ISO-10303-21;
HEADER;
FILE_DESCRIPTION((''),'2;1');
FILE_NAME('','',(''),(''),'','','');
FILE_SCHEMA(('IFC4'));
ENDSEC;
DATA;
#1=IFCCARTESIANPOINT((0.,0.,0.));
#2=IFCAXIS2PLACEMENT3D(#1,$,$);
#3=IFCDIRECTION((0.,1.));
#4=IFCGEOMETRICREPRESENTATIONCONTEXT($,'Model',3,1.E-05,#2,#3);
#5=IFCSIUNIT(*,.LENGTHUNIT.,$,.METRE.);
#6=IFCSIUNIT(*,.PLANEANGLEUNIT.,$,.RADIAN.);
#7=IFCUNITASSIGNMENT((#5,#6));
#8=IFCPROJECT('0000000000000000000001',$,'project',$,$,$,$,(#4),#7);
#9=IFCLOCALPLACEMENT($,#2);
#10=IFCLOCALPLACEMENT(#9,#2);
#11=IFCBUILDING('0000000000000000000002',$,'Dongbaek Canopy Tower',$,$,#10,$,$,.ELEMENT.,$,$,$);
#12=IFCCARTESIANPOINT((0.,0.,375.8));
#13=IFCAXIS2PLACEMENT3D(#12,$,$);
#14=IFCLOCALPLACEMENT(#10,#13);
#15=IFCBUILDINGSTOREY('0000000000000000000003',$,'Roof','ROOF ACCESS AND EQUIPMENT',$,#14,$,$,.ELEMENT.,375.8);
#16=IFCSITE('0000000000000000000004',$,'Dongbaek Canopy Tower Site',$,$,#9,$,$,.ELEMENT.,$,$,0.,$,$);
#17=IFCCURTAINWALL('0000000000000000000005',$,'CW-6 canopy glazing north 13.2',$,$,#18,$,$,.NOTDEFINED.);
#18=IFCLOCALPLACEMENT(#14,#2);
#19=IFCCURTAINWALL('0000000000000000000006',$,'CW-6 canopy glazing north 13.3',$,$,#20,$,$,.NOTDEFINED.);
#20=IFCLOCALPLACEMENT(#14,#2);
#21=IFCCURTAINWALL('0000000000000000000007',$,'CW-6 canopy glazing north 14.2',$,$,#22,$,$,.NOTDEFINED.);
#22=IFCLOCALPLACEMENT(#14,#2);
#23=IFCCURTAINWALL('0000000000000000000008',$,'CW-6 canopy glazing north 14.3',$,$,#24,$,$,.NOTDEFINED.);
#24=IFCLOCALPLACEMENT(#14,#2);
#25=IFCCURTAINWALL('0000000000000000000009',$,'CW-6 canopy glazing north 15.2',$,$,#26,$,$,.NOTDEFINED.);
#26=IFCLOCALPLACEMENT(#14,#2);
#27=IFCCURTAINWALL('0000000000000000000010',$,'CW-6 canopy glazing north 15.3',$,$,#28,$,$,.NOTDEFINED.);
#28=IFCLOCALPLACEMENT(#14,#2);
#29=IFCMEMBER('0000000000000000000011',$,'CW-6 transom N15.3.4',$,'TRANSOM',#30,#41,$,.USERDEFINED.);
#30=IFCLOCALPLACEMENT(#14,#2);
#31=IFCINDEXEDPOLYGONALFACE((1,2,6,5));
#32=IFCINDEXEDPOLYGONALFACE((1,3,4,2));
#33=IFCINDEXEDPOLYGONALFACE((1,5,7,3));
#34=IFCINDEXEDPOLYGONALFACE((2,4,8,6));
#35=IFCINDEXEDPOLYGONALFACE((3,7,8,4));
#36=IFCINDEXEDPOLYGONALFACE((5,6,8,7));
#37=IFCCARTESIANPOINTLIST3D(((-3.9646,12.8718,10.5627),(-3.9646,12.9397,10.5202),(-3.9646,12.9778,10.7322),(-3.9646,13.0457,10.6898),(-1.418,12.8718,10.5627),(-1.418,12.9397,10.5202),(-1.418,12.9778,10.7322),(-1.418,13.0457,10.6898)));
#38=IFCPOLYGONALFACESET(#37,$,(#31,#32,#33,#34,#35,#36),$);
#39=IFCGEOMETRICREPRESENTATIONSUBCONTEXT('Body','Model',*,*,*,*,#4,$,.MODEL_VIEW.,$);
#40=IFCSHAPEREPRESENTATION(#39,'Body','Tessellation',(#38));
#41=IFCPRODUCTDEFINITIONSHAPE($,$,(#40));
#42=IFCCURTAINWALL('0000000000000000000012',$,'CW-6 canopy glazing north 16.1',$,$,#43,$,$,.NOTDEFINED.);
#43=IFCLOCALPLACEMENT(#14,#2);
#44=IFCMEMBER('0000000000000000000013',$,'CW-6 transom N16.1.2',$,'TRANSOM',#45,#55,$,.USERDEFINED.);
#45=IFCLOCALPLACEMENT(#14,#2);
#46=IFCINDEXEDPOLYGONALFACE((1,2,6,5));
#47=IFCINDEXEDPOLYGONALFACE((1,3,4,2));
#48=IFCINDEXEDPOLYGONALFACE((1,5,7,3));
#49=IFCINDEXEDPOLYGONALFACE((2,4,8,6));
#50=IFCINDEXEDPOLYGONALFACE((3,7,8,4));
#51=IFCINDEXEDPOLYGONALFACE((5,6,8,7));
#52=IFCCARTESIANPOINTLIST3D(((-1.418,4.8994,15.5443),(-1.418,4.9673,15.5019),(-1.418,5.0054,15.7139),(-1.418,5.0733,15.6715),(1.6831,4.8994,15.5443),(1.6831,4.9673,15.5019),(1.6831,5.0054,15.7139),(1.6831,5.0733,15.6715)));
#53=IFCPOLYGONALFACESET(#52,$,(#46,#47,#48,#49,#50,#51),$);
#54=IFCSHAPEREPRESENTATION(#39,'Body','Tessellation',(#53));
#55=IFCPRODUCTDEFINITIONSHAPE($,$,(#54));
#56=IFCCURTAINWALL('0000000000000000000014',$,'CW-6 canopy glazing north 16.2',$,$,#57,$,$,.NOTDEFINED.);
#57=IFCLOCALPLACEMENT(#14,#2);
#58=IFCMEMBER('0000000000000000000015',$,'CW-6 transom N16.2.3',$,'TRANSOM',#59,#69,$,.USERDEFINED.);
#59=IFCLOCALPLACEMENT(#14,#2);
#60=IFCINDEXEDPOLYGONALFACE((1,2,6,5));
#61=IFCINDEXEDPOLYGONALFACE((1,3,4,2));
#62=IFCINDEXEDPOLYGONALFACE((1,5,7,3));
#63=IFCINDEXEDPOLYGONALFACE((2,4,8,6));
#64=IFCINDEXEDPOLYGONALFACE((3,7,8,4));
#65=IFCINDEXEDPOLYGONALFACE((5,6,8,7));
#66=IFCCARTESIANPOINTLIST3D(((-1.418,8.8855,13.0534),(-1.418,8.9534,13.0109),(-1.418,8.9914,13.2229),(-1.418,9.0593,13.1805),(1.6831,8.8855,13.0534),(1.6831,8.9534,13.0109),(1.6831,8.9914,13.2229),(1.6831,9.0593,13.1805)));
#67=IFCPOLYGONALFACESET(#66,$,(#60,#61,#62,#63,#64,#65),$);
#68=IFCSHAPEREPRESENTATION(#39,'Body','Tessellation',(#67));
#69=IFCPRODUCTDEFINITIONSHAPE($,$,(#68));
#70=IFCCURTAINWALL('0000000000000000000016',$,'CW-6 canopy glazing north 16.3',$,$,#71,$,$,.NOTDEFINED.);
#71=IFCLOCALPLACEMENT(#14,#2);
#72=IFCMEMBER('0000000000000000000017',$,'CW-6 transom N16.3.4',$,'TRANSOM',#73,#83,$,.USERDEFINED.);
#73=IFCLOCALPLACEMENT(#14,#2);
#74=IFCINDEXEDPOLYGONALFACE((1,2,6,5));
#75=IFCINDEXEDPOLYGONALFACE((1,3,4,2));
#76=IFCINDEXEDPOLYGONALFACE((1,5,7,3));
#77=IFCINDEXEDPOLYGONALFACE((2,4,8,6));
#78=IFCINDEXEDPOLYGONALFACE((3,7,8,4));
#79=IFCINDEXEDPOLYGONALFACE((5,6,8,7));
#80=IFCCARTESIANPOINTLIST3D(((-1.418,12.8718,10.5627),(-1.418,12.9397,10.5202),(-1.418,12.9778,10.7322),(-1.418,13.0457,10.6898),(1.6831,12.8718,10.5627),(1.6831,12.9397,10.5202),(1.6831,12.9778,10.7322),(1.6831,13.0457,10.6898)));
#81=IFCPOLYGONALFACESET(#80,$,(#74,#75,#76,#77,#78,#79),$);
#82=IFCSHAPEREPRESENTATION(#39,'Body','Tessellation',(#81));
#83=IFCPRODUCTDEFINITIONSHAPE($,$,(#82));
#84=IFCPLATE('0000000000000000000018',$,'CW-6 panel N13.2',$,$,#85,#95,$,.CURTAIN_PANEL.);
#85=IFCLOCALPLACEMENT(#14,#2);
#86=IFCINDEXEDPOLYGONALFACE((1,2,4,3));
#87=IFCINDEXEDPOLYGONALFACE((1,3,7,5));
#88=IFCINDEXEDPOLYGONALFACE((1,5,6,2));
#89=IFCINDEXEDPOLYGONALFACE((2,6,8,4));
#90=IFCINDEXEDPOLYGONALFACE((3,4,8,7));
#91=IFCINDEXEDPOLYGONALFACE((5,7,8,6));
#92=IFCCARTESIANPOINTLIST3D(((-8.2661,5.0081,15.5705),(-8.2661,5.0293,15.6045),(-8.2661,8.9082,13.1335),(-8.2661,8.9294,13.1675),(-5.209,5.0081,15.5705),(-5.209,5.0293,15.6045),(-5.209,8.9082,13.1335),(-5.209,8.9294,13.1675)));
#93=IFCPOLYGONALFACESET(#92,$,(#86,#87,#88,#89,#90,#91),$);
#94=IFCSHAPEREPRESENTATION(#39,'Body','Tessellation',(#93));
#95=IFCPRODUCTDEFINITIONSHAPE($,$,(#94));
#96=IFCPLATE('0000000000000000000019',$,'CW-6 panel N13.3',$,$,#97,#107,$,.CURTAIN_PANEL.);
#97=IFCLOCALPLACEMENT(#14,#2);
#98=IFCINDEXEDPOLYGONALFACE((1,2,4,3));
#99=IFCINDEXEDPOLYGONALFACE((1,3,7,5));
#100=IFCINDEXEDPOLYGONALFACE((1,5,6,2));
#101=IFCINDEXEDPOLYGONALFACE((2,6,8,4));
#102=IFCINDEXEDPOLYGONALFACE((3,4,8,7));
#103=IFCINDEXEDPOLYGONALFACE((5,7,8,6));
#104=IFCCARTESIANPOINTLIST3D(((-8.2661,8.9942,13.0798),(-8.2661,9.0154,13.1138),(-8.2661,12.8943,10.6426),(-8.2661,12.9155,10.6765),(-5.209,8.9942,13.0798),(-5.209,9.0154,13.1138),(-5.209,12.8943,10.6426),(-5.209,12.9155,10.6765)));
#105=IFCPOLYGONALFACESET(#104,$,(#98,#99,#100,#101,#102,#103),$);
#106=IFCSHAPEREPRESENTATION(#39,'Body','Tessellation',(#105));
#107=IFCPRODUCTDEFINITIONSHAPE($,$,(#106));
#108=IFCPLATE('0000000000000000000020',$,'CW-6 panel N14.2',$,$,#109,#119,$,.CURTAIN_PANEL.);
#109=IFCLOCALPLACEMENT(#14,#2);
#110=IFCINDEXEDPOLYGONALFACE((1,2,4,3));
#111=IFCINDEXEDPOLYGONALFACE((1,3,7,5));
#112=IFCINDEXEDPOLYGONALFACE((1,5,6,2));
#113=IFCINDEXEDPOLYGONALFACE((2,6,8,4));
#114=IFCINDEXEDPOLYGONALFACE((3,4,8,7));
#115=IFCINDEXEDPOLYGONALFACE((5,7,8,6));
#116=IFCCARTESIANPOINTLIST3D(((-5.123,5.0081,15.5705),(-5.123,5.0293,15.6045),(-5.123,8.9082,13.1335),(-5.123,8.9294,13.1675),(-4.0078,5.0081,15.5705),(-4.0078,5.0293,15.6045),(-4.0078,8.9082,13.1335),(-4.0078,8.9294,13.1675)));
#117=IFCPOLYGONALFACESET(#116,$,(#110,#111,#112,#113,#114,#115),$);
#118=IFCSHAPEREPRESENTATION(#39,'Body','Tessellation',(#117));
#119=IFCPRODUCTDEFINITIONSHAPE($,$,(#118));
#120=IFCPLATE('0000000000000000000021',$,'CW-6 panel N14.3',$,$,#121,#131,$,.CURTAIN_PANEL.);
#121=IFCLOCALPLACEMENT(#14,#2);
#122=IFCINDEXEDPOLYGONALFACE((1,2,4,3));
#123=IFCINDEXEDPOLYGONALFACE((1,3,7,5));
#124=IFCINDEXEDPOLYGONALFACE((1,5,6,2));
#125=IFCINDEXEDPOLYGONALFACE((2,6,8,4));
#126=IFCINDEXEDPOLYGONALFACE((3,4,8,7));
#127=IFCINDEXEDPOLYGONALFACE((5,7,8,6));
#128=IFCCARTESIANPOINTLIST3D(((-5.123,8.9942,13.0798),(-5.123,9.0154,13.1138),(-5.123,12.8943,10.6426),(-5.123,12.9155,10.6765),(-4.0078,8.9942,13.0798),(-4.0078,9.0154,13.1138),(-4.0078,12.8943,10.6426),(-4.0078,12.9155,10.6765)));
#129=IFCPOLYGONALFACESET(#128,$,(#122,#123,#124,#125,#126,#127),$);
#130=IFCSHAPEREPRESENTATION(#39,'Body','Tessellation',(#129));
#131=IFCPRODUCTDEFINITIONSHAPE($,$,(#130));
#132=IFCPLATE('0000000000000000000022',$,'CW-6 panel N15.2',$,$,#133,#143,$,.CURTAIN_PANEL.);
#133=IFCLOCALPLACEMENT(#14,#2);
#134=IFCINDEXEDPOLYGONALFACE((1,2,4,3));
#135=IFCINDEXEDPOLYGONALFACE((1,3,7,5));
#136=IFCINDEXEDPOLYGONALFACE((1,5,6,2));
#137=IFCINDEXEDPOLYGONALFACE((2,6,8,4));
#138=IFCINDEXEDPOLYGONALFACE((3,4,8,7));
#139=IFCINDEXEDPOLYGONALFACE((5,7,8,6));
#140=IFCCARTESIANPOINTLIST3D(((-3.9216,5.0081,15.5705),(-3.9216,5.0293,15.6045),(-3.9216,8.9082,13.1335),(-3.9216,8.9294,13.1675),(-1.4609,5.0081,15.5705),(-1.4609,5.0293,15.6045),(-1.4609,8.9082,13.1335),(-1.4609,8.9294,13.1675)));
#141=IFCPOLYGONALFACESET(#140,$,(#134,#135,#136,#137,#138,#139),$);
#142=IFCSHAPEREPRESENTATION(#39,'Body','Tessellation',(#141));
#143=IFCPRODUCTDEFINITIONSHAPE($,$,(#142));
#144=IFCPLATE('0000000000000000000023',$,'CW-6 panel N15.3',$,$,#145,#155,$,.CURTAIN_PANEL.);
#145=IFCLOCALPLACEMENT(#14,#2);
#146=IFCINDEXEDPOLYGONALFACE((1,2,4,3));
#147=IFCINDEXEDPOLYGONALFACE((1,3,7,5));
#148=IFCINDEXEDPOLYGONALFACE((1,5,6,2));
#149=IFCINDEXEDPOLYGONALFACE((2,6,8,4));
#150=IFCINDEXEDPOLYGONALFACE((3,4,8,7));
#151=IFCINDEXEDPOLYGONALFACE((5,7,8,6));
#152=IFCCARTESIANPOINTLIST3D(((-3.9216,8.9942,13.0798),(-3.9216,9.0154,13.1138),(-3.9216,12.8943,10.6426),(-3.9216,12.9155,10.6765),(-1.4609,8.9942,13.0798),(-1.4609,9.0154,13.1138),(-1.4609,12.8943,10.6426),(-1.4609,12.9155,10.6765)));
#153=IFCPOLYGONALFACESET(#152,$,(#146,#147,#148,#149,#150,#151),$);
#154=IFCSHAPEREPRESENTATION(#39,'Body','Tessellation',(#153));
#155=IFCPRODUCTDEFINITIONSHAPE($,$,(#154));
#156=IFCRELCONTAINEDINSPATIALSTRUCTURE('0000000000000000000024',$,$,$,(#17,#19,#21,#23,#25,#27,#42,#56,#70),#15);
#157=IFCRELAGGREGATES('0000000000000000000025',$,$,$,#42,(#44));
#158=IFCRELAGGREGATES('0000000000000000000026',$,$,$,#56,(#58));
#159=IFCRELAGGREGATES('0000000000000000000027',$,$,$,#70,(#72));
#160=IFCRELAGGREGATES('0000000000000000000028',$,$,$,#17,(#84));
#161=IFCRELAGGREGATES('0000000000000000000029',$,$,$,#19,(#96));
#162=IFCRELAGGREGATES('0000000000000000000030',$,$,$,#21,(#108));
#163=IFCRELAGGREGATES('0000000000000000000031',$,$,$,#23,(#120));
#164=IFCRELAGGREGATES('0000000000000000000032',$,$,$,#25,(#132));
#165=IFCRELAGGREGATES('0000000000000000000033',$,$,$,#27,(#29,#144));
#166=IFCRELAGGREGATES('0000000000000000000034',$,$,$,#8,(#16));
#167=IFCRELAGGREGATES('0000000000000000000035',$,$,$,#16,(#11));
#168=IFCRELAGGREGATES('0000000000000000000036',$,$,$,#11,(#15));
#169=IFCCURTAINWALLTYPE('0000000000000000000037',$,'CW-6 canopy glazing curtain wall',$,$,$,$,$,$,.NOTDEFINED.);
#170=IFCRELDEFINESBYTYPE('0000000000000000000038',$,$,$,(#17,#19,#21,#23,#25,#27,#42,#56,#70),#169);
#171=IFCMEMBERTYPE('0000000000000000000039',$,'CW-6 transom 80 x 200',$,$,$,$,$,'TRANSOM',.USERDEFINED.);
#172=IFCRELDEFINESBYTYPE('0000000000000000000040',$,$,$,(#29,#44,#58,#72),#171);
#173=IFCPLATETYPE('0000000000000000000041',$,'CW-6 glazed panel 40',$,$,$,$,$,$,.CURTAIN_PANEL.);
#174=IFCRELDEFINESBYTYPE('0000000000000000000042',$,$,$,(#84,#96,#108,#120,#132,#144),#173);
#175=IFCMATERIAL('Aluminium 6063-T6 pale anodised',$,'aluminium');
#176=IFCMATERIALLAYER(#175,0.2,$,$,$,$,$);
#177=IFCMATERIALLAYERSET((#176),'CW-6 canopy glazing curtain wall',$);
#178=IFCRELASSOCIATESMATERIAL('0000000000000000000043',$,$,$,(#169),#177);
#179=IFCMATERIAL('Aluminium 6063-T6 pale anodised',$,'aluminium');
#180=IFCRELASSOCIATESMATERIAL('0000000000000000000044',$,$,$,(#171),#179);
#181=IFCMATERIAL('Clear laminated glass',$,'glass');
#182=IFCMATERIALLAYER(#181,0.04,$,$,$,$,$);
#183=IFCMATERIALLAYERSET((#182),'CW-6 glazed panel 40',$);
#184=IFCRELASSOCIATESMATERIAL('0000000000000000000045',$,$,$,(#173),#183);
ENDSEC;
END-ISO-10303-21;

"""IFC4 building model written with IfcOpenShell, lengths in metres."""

from ifc_helpers import new_model, si_unit, direction, frame, origin, origin_2d, place, context, subcontext, project, spatial, polyline, rectangle, outline, extrude, material, layer, layer_set, material_profile, profile_set, type_object, element, aggregate, save


model = new_model("IFC4")

# Units and contexts
model_context = context("Model", 3, precision=1e-05, world=origin(), true_north=direction((0.0, 1.0)))
body_context = subcontext(model_context, "Body", "Model", "MODEL_VIEW")
ifc_project = project(units=[si_unit("LENGTHUNIT", "METRE"), si_unit("PLANEANGLEUNIT", "RADIAN")], contexts=[model_context])

# Site, building, storey
site_placement = place(None, origin())
site = spatial("IfcSite", under=ifc_project, at=site_placement, Name="Dongbaek Canopy Tower Site", CompositionType="ELEMENT", RefElevation=0.0)
building_placement = place(site_placement, origin())
building = spatial("IfcBuilding", under=site, at=building_placement, Name="Dongbaek Canopy Tower", CompositionType="ELEMENT")
storey_placement = place(building_placement, frame((0.0, 0.0, 375.8)))
storey = spatial("IfcBuildingStorey", under=building, at=storey_placement, Name="Roof", Description="ROOF ACCESS AND EQUIPMENT", CompositionType="ELEMENT", Elevation=375.8)

# Curtain walls
ifc_material_1 = material(Name="Aluminium 6063-T6 pale anodised", Category="aluminium")
ifc_layer_1 = layer(ifc_material_1, 0.2)
ifc_layer_set_1 = layer_set([ifc_layer_1], Name="CW-6 canopy glazing curtain wall")
curtain_wall_type = type_object("IfcCurtainWallType", Name="CW-6 canopy glazing curtain wall", PredefinedType="NOTDEFINED", material=ifc_layer_set_1)
curtain_wall_1_placement = place(storey_placement, origin())
curtain_wall_1 = element("IfcCurtainWall", 1, at=curtain_wall_1_placement, inside=storey, type_object=curtain_wall_type, Name="CW-6 canopy glazing north 13.2", PredefinedType="NOTDEFINED")
curtain_wall_2_placement = place(storey_placement, origin())
curtain_wall_2 = element("IfcCurtainWall", 2, at=curtain_wall_2_placement, inside=storey, type_object=curtain_wall_type, Name="CW-6 canopy glazing north 13.3", PredefinedType="NOTDEFINED")
curtain_wall_3_placement = place(storey_placement, origin())
curtain_wall_3 = element("IfcCurtainWall", 3, at=curtain_wall_3_placement, inside=storey, type_object=curtain_wall_type, Name="CW-6 canopy glazing north 14.2", PredefinedType="NOTDEFINED")
curtain_wall_4_placement = place(storey_placement, origin())
curtain_wall_4 = element("IfcCurtainWall", 4, at=curtain_wall_4_placement, inside=storey, type_object=curtain_wall_type, Name="CW-6 canopy glazing north 14.3", PredefinedType="NOTDEFINED")
curtain_wall_5_placement = place(storey_placement, origin())
curtain_wall_5 = element("IfcCurtainWall", 5, at=curtain_wall_5_placement, inside=storey, type_object=curtain_wall_type, Name="CW-6 canopy glazing north 15.2", PredefinedType="NOTDEFINED")
curtain_wall_6_placement = place(storey_placement, origin())
curtain_wall_6 = element("IfcCurtainWall", 6, at=curtain_wall_6_placement, inside=storey, type_object=curtain_wall_type, Name="CW-6 canopy glazing north 15.3", PredefinedType="NOTDEFINED")
ifc_material_2 = material(Name="Aluminium 6063-T6 pale anodised", Category="aluminium")
ifc_material_profile_1 = material_profile(ifc_material_2, rectangle(XDim=0.0801, YDim=0.2, at=origin_2d()), Name="CW-6 transom 80 x 200")
ifc_profile_set_1 = profile_set([ifc_material_profile_1], Name="Aluminium 6063-T6 pale anodised")
member_type_1 = type_object("IfcMemberType", Name="CW-6 transom 80 x 200", ElementType="TRANSOM", PredefinedType="USERDEFINED", material=ifc_profile_set_1)

# Member
member_1_placement = place(storey_placement, frame((-3.9646, 12.9587, 10.6262), z_axis=(1.0, 0.0, 0.0), x_axis=(0.0, 0.848048, -0.529919)))
member_1 = element("IfcMember", 7, at=member_1_placement, type_object=member_type_1, Name="CW-6 transom N15.3.4", ObjectType="TRANSOM", PredefinedType="USERDEFINED", context=body_context, shape_type="SweptSolid", body=[
    extrude(rectangle(XDim=0.0801, YDim=0.2, at=origin_2d()), origin(), (0.0, 0.0, 1.0), 2.5466),
])

# Curtain walls, members
curtain_wall_7_placement = place(storey_placement, origin())
curtain_wall_7 = element("IfcCurtainWall", 8, at=curtain_wall_7_placement, inside=storey, type_object=curtain_wall_type, Name="CW-6 canopy glazing north 16.1", PredefinedType="NOTDEFINED")
member_2_placement = place(storey_placement, frame((-1.418, 4.9863, 15.6079), z_axis=(1.0, 0.0, 0.0), x_axis=(0.0, 0.848048, -0.529919)))
member_2 = element("IfcMember", 9, at=member_2_placement, type_object=member_type_1, Name="CW-6 transom N16.1.2", ObjectType="TRANSOM", PredefinedType="USERDEFINED", context=body_context, shape_type="SweptSolid", body=[
    extrude(rectangle(XDim=0.0801, YDim=0.2, at=origin_2d()), origin(), (0.0, 0.0, 1.0), 3.1011),
])
aggregate(curtain_wall_7, [member_2])
curtain_wall_8_placement = place(storey_placement, origin())
curtain_wall_8 = element("IfcCurtainWall", 10, at=curtain_wall_8_placement, inside=storey, type_object=curtain_wall_type, Name="CW-6 canopy glazing north 16.2", PredefinedType="NOTDEFINED")
member_3_placement = place(storey_placement, frame((-1.418, 8.9724, 13.1169), z_axis=(1.0, 0.0, 0.0), x_axis=(0.0, 0.848048, -0.529919)))
member_3 = element("IfcMember", 11, at=member_3_placement, type_object=member_type_1, Name="CW-6 transom N16.2.3", ObjectType="TRANSOM", PredefinedType="USERDEFINED", context=body_context, shape_type="SweptSolid", body=[
    extrude(rectangle(XDim=0.0801, YDim=0.2, at=origin_2d()), origin(), (0.0, 0.0, 1.0), 3.1011),
])
aggregate(curtain_wall_8, [member_3])
curtain_wall_9_placement = place(storey_placement, origin())
curtain_wall_9 = element("IfcCurtainWall", 12, at=curtain_wall_9_placement, inside=storey, type_object=curtain_wall_type, Name="CW-6 canopy glazing north 16.3", PredefinedType="NOTDEFINED")
member_4_placement = place(storey_placement, frame((-1.418, 12.9587, 10.6262), z_axis=(1.0, 0.0, 0.0), x_axis=(0.0, 0.848048, -0.529919)))
member_4 = element("IfcMember", 13, at=member_4_placement, type_object=member_type_1, Name="CW-6 transom N16.3.4", ObjectType="TRANSOM", PredefinedType="USERDEFINED", context=body_context, shape_type="SweptSolid", body=[
    extrude(rectangle(XDim=0.0801, YDim=0.2, at=origin_2d()), origin(), (0.0, 0.0, 1.0), 3.1011),
])
aggregate(curtain_wall_9, [member_4])

# Plates
ifc_material_3 = material(Name="Clear laminated glass", Category="glass")
ifc_layer_2 = layer(ifc_material_3, 0.04)
ifc_layer_set_2 = layer_set([ifc_layer_2], Name="CW-6 glazed panel 40")
plate_type = type_object("IfcPlateType", Name="CW-6 glazed panel 40", PredefinedType="CURTAIN_PANEL", material=ifc_layer_set_2)
plate_1_placement = place(storey_placement, frame((-5.209, 5.0293, 15.6045), z_axis=(0.0, 0.529908, 0.848055), x_axis=(-1.0, 0.0, 0.0)))
plate_1 = element("IfcPlate", 14, at=plate_1_placement, type_object=plate_type, Name="CW-6 panel N13.2", PredefinedType="CURTAIN_PANEL", context=body_context, shape_type="SweptSolid", body=[
    extrude(outline(polyline([(0.0, 0.0), (3.0571, 0.0), (3.0571, -4.5989), (0.0, -4.5989), (0.0, 0.0)])), origin(), (0.0, 0.0, -1.0), 0.04),
])
aggregate(curtain_wall_1, [plate_1])
plate_2_placement = place(storey_placement, frame((-5.209, 9.0154, 13.1138), z_axis=(0.0, 0.529946, 0.848031), x_axis=(-1.0, 0.0, 0.0)))
plate_2 = element("IfcPlate", 15, at=plate_2_placement, type_object=plate_type, Name="CW-6 panel N13.3", PredefinedType="CURTAIN_PANEL", context=body_context, shape_type="SweptSolid", body=[
    extrude(outline(polyline([(0.0, 0.0), (3.0571, 0.0), (3.0571, -4.5991), (0.0, -4.5991), (0.0, 0.0)])), origin(), (0.0, 0.0, -1.0), 0.04),
])
aggregate(curtain_wall_2, [plate_2])
plate_3_placement = place(storey_placement, frame((-4.0078, 5.0293, 15.6045), z_axis=(0.0, 0.529908, 0.848055), x_axis=(-1.0, 0.0, 0.0)))
plate_3 = element("IfcPlate", 16, at=plate_3_placement, type_object=plate_type, Name="CW-6 panel N14.2", PredefinedType="CURTAIN_PANEL", context=body_context, shape_type="SweptSolid", body=[
    extrude(outline(polyline([(0.0, 0.0), (1.1152, 0.0), (1.1152, -4.5989), (0.0, -4.5989), (0.0, 0.0)])), origin(), (0.0, 0.0, -1.0), 0.04),
])
aggregate(curtain_wall_3, [plate_3])
plate_4_placement = place(storey_placement, frame((-4.0078, 9.0154, 13.1138), z_axis=(0.0, 0.529946, 0.848031), x_axis=(-1.0, 0.0, 0.0)))
plate_4 = element("IfcPlate", 17, at=plate_4_placement, type_object=plate_type, Name="CW-6 panel N14.3", PredefinedType="CURTAIN_PANEL", context=body_context, shape_type="SweptSolid", body=[
    extrude(outline(polyline([(0.0, 0.0), (1.1152, 0.0), (1.1152, -4.5991), (0.0, -4.5991), (0.0, 0.0)])), origin(), (0.0, 0.0, -1.0), 0.04),
])
aggregate(curtain_wall_4, [plate_4])
plate_5_placement = place(storey_placement, frame((-1.4609, 5.0293, 15.6045), z_axis=(0.0, 0.529908, 0.848055), x_axis=(-1.0, 0.0, 0.0)))
plate_5 = element("IfcPlate", 18, at=plate_5_placement, type_object=plate_type, Name="CW-6 panel N15.2", PredefinedType="CURTAIN_PANEL", context=body_context, shape_type="SweptSolid", body=[
    extrude(outline(polyline([(0.0, 0.0), (2.4607, 0.0), (2.4607, -4.5989), (0.0, -4.5989), (0.0, 0.0)])), origin(), (0.0, 0.0, -1.0), 0.04),
])
aggregate(curtain_wall_5, [plate_5])
plate_6_placement = place(storey_placement, frame((-1.4609, 9.0154, 13.1138), z_axis=(0.0, 0.529946, 0.848031), x_axis=(-1.0, 0.0, 0.0)))
plate_6 = element("IfcPlate", 19, at=plate_6_placement, type_object=plate_type, Name="CW-6 panel N15.3", PredefinedType="CURTAIN_PANEL", context=body_context, shape_type="SweptSolid", body=[
    extrude(outline(polyline([(0.0, 0.0), (2.4607, 0.0), (2.4607, -4.5991), (0.0, -4.5991), (0.0, 0.0)])), origin(), (0.0, 0.0, -1.0), 0.04),
])
aggregate(curtain_wall_6, [member_1, plate_6])

save(model, "model.ifc")
